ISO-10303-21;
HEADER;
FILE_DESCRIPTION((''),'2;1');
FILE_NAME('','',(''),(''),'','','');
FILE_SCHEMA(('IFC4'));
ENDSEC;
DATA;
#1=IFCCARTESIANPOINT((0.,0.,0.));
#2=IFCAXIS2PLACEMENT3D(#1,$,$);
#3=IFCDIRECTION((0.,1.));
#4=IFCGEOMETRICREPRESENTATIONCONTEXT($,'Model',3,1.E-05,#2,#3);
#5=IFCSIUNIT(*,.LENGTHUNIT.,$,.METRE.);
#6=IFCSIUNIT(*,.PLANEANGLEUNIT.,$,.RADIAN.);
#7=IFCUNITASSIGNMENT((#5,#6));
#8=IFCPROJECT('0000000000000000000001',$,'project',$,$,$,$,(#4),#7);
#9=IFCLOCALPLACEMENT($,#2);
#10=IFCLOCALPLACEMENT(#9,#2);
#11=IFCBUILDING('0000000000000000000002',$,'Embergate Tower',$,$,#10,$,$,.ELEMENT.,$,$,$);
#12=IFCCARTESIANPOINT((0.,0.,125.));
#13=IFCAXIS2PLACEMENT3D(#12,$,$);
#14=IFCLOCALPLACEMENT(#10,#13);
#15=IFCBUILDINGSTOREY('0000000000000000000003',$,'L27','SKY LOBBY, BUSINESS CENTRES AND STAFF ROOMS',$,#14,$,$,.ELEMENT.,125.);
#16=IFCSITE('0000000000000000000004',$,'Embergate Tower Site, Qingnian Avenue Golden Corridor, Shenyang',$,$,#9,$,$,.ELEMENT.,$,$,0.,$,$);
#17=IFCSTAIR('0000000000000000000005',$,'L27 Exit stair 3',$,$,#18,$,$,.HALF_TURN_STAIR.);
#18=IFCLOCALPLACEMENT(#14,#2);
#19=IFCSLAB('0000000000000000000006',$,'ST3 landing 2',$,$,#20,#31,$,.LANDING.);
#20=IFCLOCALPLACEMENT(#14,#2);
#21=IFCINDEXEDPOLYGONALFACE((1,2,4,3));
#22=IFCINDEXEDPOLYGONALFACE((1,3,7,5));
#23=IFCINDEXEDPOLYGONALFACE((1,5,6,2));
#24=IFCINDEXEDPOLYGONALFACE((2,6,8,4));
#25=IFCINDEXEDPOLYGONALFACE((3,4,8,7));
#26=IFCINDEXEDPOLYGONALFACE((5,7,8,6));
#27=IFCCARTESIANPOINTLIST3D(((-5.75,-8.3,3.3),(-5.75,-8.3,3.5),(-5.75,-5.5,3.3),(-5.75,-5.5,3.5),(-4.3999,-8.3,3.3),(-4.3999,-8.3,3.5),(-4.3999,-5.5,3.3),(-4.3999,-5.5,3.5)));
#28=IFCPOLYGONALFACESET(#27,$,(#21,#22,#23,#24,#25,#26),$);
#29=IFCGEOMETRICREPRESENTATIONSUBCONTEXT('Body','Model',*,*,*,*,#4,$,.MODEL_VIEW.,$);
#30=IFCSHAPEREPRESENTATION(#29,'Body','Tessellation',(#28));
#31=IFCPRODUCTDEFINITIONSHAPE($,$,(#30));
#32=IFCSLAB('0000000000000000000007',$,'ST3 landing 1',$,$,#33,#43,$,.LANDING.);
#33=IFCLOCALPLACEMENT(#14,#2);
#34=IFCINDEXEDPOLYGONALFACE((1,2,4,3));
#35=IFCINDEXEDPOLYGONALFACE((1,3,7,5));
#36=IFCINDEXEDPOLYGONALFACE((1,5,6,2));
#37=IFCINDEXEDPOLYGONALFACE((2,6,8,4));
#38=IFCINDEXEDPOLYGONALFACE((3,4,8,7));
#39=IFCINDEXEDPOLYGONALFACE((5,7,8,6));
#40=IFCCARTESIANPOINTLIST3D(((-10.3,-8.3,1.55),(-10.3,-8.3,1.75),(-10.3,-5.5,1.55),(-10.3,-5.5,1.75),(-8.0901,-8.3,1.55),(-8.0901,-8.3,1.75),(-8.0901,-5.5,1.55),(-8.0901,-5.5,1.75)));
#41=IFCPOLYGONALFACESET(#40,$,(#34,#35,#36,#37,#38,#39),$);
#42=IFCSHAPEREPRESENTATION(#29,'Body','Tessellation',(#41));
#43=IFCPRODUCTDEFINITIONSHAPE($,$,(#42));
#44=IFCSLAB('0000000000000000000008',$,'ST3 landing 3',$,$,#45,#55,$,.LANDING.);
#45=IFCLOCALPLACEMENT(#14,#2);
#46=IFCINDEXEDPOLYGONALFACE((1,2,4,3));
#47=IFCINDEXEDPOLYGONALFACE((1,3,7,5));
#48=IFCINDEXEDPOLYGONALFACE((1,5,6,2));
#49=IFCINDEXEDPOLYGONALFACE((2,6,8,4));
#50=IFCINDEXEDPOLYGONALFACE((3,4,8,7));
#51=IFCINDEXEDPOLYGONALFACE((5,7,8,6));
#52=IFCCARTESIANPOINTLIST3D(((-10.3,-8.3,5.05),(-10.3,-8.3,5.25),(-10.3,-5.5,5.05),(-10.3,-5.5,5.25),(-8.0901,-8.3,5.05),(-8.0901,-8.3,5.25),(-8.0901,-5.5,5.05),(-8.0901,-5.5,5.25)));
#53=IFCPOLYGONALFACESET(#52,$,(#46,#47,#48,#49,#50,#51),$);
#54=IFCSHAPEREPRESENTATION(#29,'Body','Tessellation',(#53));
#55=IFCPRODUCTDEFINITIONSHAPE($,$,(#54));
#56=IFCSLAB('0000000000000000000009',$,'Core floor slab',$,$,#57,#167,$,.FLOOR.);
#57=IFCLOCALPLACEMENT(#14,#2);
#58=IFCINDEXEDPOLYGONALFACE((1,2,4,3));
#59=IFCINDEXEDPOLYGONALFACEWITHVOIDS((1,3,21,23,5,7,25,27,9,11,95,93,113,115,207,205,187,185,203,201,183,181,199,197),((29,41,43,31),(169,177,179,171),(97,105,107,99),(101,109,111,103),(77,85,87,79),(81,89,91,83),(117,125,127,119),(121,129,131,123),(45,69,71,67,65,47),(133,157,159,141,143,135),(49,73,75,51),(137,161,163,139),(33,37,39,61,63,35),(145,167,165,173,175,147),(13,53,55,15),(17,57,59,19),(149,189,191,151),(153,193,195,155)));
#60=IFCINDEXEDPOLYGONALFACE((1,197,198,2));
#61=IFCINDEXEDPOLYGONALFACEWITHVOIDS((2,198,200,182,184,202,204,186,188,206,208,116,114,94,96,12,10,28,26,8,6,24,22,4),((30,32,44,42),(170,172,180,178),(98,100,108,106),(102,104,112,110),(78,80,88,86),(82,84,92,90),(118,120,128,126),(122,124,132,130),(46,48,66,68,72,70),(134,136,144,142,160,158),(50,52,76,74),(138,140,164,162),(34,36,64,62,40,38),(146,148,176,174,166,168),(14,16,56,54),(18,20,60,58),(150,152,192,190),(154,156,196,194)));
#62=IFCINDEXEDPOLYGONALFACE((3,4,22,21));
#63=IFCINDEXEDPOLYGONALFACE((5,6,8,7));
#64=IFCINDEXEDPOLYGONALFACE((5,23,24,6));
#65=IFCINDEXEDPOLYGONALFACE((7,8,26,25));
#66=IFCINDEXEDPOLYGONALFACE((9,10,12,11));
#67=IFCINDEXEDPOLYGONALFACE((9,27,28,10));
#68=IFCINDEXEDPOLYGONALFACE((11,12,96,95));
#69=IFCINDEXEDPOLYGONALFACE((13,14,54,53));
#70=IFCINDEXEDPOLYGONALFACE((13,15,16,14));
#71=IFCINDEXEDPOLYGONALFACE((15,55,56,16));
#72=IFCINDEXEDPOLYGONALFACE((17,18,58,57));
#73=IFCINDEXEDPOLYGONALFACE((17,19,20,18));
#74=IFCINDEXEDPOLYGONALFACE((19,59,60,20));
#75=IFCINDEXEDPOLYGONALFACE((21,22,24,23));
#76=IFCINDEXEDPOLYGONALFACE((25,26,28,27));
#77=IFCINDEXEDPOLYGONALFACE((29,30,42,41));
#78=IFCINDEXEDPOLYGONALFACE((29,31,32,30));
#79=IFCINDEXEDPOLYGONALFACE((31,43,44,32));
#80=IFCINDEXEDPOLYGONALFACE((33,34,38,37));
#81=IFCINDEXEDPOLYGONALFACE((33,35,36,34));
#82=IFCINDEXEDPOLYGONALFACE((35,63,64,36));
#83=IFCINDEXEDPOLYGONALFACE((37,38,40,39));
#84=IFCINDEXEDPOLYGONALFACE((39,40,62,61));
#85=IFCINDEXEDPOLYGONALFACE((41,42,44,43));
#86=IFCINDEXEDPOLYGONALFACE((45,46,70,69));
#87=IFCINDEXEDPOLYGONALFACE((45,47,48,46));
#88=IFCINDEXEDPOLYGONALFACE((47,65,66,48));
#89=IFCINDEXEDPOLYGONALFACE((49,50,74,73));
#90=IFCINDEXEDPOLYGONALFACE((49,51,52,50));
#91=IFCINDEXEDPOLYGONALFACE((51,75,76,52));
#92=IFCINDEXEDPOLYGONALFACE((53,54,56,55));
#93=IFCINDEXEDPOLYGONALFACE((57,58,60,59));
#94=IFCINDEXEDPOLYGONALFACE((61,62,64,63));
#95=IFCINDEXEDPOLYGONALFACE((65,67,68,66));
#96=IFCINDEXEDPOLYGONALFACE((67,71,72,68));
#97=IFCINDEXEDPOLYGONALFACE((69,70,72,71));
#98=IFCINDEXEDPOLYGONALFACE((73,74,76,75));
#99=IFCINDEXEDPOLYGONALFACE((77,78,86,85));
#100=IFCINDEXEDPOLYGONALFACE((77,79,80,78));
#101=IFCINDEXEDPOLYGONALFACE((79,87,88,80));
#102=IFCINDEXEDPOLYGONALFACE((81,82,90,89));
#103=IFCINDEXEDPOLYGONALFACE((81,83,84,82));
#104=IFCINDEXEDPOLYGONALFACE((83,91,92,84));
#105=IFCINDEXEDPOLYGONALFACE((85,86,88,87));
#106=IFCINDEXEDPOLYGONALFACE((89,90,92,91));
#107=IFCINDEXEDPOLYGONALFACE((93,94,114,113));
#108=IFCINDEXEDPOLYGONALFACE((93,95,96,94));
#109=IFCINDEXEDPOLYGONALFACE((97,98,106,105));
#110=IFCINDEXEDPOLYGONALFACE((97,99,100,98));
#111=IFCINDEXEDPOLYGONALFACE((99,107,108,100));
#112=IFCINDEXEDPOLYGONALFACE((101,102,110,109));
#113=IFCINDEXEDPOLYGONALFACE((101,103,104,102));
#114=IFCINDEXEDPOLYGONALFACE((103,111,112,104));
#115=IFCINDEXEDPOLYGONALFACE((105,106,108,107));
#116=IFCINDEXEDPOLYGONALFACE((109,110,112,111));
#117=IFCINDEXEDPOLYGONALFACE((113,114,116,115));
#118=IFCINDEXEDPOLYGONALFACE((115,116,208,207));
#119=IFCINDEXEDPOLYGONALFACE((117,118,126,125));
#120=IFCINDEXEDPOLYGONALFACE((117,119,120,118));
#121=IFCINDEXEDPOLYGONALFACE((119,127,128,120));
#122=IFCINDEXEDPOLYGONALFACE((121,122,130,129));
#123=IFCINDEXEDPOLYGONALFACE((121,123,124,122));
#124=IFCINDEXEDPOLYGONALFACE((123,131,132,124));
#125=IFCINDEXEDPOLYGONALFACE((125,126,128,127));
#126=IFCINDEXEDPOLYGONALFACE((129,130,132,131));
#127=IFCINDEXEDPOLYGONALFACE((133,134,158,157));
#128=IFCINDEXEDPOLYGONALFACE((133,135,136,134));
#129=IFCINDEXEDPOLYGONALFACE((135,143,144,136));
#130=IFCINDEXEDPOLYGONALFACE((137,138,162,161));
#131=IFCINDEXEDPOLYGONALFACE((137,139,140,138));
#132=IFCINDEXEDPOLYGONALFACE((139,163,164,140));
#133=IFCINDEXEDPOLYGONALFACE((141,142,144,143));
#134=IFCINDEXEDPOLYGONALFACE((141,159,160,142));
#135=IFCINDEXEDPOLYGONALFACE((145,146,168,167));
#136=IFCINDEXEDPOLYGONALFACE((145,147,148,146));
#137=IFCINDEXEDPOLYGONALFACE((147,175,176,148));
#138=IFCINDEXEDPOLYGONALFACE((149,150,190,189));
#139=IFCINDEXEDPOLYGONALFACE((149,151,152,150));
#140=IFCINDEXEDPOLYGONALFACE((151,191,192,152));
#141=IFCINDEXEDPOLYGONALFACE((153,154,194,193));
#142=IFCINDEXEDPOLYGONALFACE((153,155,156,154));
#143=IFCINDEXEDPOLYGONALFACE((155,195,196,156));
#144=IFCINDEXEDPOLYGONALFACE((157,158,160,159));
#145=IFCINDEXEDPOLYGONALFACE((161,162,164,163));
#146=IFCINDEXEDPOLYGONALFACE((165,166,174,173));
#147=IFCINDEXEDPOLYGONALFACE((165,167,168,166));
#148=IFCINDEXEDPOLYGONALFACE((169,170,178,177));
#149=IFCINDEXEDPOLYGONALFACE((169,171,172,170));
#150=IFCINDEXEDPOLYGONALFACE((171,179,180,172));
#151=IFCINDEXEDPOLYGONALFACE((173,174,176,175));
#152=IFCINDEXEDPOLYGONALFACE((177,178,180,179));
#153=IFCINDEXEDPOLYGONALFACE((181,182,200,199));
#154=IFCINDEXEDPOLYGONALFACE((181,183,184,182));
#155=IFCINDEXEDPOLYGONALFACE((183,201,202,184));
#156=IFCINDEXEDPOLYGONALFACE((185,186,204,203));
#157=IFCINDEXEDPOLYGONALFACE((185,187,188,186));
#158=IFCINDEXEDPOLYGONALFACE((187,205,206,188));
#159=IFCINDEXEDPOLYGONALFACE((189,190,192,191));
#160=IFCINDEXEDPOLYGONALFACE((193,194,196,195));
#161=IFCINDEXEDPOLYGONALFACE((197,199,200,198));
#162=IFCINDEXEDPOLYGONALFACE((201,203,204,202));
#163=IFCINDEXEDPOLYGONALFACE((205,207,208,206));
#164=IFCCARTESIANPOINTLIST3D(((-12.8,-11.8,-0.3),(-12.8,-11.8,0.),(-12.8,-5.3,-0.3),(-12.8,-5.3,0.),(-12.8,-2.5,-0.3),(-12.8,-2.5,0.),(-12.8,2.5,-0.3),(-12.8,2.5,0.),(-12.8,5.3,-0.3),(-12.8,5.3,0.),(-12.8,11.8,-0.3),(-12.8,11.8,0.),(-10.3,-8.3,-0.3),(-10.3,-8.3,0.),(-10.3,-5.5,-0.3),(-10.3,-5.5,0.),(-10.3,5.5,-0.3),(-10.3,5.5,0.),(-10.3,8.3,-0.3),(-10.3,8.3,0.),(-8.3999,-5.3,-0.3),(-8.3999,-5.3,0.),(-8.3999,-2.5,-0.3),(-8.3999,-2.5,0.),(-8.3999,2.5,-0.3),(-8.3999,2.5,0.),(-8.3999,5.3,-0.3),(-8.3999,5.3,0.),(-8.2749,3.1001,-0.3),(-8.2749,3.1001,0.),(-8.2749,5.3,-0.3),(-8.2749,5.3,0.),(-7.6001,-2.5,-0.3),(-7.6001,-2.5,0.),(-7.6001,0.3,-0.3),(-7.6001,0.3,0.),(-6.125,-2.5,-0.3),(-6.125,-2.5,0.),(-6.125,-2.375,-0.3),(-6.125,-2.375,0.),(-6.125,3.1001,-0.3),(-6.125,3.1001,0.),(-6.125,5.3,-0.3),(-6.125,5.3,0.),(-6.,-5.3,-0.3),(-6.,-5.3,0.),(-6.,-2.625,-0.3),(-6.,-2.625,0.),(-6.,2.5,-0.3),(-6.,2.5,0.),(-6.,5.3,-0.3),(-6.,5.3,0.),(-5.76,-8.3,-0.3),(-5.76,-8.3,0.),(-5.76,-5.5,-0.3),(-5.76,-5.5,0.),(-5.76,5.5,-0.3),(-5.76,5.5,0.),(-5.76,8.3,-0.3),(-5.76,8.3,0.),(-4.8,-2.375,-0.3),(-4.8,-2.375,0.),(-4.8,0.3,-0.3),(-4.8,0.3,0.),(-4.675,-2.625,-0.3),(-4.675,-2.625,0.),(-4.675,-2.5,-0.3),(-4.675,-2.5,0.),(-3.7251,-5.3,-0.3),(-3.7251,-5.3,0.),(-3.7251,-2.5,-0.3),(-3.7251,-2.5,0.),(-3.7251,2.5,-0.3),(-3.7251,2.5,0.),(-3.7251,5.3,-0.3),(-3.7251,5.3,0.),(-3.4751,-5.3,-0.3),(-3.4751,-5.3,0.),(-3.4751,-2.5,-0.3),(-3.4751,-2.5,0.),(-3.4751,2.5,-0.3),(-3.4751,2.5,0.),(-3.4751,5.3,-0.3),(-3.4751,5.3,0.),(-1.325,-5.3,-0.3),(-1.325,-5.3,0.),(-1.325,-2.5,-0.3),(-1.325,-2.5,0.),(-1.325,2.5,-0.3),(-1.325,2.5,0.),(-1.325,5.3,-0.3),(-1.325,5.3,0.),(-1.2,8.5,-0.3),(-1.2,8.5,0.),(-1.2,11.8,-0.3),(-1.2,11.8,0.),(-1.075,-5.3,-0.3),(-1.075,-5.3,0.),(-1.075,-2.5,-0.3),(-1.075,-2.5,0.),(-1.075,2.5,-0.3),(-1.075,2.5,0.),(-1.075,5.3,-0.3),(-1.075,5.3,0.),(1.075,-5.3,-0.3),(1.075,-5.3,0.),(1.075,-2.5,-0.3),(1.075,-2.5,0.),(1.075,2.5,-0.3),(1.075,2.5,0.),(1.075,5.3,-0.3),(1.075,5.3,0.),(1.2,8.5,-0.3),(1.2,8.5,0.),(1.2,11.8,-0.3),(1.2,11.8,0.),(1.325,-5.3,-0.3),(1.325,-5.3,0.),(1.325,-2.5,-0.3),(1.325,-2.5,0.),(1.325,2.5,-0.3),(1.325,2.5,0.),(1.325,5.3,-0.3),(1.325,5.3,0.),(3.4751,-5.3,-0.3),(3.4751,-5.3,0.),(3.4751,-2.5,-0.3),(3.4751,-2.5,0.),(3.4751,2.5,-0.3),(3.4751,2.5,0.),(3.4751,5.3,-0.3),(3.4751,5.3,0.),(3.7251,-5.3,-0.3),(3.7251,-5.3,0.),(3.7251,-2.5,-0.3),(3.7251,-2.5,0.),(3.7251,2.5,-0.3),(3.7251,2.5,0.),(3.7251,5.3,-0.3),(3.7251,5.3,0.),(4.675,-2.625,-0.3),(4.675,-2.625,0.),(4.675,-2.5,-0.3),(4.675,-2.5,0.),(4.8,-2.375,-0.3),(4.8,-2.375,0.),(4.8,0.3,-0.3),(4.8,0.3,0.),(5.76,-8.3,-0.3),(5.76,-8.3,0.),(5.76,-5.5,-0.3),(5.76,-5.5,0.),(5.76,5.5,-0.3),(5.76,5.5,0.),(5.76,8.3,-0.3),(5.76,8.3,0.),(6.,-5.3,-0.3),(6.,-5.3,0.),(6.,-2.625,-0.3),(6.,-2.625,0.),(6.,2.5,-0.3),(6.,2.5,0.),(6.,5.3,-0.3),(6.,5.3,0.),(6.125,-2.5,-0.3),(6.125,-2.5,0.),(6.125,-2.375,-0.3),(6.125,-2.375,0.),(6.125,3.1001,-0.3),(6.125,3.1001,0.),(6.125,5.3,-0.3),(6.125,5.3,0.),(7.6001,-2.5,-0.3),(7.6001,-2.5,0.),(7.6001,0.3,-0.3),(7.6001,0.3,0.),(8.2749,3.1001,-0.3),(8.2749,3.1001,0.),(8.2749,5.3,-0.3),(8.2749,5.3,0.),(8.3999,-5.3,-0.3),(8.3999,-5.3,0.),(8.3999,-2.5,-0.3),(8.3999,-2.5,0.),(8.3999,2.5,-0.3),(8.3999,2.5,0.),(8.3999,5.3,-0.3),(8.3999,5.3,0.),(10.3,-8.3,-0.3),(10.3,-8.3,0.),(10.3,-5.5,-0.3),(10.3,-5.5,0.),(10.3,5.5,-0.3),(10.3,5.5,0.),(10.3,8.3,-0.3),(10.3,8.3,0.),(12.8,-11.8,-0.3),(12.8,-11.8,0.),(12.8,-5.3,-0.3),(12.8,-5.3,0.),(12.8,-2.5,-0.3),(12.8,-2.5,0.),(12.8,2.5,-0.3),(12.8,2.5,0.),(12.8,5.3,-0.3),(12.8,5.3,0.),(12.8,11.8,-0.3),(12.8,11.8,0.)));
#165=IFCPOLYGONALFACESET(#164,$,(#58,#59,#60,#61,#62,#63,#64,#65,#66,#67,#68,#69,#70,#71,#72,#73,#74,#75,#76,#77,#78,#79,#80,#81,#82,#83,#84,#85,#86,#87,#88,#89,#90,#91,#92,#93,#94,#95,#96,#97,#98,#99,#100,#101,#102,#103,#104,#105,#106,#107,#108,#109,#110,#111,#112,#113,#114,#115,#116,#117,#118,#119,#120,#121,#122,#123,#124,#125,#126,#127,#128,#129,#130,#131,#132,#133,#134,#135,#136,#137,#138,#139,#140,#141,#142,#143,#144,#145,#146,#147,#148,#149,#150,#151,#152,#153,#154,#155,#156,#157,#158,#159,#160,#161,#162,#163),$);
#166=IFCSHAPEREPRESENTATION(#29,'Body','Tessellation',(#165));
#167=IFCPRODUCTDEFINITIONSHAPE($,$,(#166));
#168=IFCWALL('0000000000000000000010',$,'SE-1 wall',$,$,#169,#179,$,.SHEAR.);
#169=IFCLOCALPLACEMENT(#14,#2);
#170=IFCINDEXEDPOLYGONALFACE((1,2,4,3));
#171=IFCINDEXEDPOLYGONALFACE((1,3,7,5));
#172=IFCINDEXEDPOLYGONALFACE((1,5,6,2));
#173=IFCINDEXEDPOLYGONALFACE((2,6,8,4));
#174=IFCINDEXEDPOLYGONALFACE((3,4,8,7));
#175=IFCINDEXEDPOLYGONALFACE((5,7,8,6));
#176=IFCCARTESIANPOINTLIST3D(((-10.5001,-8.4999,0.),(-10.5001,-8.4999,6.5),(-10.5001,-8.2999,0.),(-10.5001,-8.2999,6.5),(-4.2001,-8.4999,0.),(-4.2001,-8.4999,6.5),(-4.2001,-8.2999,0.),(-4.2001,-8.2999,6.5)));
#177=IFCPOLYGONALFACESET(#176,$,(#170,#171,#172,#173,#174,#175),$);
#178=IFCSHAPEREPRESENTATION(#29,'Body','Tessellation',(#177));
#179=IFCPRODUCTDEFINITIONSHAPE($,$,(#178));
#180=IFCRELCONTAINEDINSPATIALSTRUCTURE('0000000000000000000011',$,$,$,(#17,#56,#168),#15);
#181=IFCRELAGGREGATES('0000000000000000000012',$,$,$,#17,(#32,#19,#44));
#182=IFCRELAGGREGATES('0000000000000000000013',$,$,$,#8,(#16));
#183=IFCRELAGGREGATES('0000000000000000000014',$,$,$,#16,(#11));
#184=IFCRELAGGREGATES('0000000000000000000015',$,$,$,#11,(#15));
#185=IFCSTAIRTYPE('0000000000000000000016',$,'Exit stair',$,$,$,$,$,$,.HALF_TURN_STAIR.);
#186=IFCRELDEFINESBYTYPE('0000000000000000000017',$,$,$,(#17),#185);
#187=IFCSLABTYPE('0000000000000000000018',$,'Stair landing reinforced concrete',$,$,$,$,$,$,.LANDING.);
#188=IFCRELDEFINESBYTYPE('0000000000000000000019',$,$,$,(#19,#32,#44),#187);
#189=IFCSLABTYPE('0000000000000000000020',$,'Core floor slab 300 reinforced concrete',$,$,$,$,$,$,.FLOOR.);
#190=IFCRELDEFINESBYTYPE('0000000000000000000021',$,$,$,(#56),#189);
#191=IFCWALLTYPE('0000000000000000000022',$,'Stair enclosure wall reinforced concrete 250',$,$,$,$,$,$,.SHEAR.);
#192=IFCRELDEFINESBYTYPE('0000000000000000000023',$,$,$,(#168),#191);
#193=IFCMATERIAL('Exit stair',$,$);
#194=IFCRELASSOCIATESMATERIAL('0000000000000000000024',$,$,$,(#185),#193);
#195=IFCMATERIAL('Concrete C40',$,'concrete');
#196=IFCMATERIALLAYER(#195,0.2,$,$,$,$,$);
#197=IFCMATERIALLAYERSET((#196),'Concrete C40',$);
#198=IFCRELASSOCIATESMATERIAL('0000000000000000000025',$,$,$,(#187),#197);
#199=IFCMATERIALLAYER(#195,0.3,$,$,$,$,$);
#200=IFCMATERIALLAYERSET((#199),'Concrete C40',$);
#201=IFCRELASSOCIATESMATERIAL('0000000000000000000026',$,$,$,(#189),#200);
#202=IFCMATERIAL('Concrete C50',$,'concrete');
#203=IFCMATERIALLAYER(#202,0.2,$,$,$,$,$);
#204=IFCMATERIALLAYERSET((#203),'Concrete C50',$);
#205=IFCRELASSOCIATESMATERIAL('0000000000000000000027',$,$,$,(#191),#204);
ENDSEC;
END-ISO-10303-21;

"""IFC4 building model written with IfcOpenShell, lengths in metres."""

from ifc_helpers import new_model, si_unit, direction, frame, frame_2d, origin, place, context, subcontext, project, spatial, polyline, rectangle, outline, extrude, source, transform, mapped, material, layer, layer_set, type_object, element, aggregate, save


model = new_model("IFC4")

# Units and contexts
model_context = context("Model", 3, precision=1e-05, world=origin(), true_north=direction((0.0, 1.0)))
body_context = subcontext(model_context, "Body", "Model", "MODEL_VIEW")
ifc_project = project(units=[si_unit("LENGTHUNIT", "METRE"), si_unit("PLANEANGLEUNIT", "RADIAN")], contexts=[model_context])

# Site, building, storey
site_placement = place(None, origin())
site = spatial("IfcSite", under=ifc_project, at=site_placement, Name="Embergate Tower Site, Qingnian Avenue Golden Corridor, Shenyang", CompositionType="ELEMENT", RefElevation=0.0)
building_placement = place(site_placement, origin())
building = spatial("IfcBuilding", under=site, at=building_placement, Name="Embergate Tower", CompositionType="ELEMENT")
storey_placement = place(building_placement, frame((0.0, 0.0, 125.0)))
storey = spatial("IfcBuildingStorey", under=building, at=storey_placement, Name="L27", Description="SKY LOBBY, BUSINESS CENTRES AND STAFF ROOMS", CompositionType="ELEMENT", Elevation=125.0)

# Stair, slabs
ifc_material_1 = material(Name="Exit stair")
stair_type = type_object("IfcStairType", Name="Exit stair", PredefinedType="HALF_TURN_STAIR", material=ifc_material_1)
stair_placement = place(storey_placement, origin())
stair = element("IfcStair", 1, at=stair_placement, inside=storey, type_object=stair_type, Name="L27 Exit stair 3", PredefinedType="HALF_TURN_STAIR")
ifc_material_2 = material(Name="Concrete C40", Category="concrete")
ifc_layer_1 = layer(ifc_material_2, 0.2)
ifc_layer_set_1 = layer_set([ifc_layer_1], Name="Concrete C40")
slab_type_1 = type_object("IfcSlabType", Name="Stair landing reinforced concrete", PredefinedType="LANDING", material=ifc_layer_set_1)
shared_shape_1 = source(origin(), body_context, "Body", "SweptSolid", [
    extrude(outline(polyline([(0.0, 0.0), (1.3501, 0.0), (1.3501, 2.8), (0.0, 2.8), (0.0, 0.0)])), origin(), (0.0, 0.0, 1.0), 0.2),
])
slab_1_placement = place(storey_placement, frame((-5.75, -8.3, 3.3)))
slab_1 = element("IfcSlab", 2, at=slab_1_placement, type_object=slab_type_1, Name="ST3 landing 2", PredefinedType="LANDING", context=body_context, shape_type="MappedRepresentation", body=[
    mapped(shared_shape_1, transform((0.0, 0.0, 0.0))),
])
shared_shape_2 = source(origin(), body_context, "Body", "SweptSolid", [
    extrude(outline(polyline([(0.0, 0.0), (2.21, 0.0), (2.21, 2.8), (0.0, 2.8), (0.0, 0.0)])), origin(), (0.0, 0.0, 1.0), 0.2),
])
slab_2_placement = place(storey_placement, frame((-10.3, -8.3, 1.55)))
slab_2 = element("IfcSlab", 3, at=slab_2_placement, type_object=slab_type_1, Name="ST3 landing 1", PredefinedType="LANDING", context=body_context, shape_type="MappedRepresentation", body=[
    mapped(shared_shape_2, transform((0.0, 0.0, 0.0))),
])
slab_3_placement = place(storey_placement, frame((-10.3, -8.3, 5.05)))
slab_3 = element("IfcSlab", 4, at=slab_3_placement, type_object=slab_type_1, Name="ST3 landing 3", PredefinedType="LANDING", context=body_context, shape_type="MappedRepresentation", body=[
    mapped(shared_shape_2, transform((0.0, 0.0, 0.0))),
])

# Slab
ifc_layer_2 = layer(ifc_material_2, 0.3)
ifc_layer_set_2 = layer_set([ifc_layer_2], Name="Concrete C40")
slab_type_2 = type_object("IfcSlabType", Name="Core floor slab 300 reinforced concrete", PredefinedType="FLOOR", material=ifc_layer_set_2)
shared_shape_3 = source(origin(), body_context, "Body", "SweptSolid", [
    extrude(outline(polyline([(0.0, 0.0), (25.6001, 0.0), (25.6001, 6.5), (21.2, 6.5), (21.2, 9.3), (25.6001, 9.3), (25.6001, 14.3), (21.2, 14.3), (21.2, 17.1001), (25.6001, 17.1001), (25.6001, 23.6001), (14.0, 23.6001), (14.0, 20.3), (11.6001, 20.3), (11.6001, 23.6001), (0.0, 23.6001), (0.0, 17.1001), (4.4001, 17.1001), (4.4001, 14.3), (0.0, 14.3), (0.0, 9.3), (4.4001, 9.3), (4.4001, 6.5), (0.0, 6.5), (0.0, 0.0)]), holes=[polyline([(2.5, 3.5), (2.5, 6.3), (7.04, 6.3), (7.04, 3.5), (2.5, 3.5)]), polyline([(18.5601, 3.5), (18.5601, 6.3), (23.1001, 6.3), (23.1001, 3.5), (18.5601, 3.5)]), polyline([(6.8, 6.5), (6.8, 9.175), (8.125, 9.175), (8.125, 9.3), (9.075, 9.3), (9.075, 6.5), (6.8, 6.5)]), polyline([(9.325, 6.5), (9.325, 9.3), (11.4751, 9.3), (11.4751, 6.5), (9.325, 6.5)]), polyline([(11.7251, 6.5), (11.7251, 9.3), (13.875, 9.3), (13.875, 6.5), (11.7251, 6.5)]), polyline([(14.125, 6.5), (14.125, 9.3), (16.2751, 9.3), (16.2751, 6.5), (14.125, 6.5)]), polyline([(16.5251, 6.5), (16.5251, 9.3), (17.4751, 9.3), (17.4751, 9.175), (18.8, 9.175), (18.8, 6.5), (16.5251, 6.5)]), polyline([(5.2, 9.3), (5.2, 12.1001), (8.0, 12.1001), (8.0, 9.425), (6.675, 9.425), (6.675, 9.3), (5.2, 9.3)]), polyline([(18.925, 9.3), (18.925, 9.425), (17.6001, 9.425), (17.6001, 12.1001), (20.4001, 12.1001), (20.4001, 9.3), (18.925, 9.3)]), polyline([(6.8, 14.3), (6.8, 17.1001), (9.075, 17.1001), (9.075, 14.3), (6.8, 14.3)]), polyline([(9.325, 14.3), (9.325, 17.1001), (11.4751, 17.1001), (11.4751, 14.3), (9.325, 14.3)]), polyline([(11.7251, 14.3), (11.7251, 17.1001), (13.875, 17.1001), (13.875, 14.3), (11.7251, 14.3)]), polyline([(14.125, 14.3), (14.125, 17.1001), (16.2751, 17.1001), (16.2751, 14.3), (14.125, 14.3)]), polyline([(16.5251, 14.3), (16.5251, 17.1001), (18.8, 17.1001), (18.8, 14.3), (16.5251, 14.3)]), polyline([(4.5251, 14.9001), (4.5251, 17.1001), (6.675, 17.1001), (6.675, 14.9001), (4.5251, 14.9001)]), polyline([(18.925, 14.9001), (18.925, 17.1001), (21.075, 17.1001), (21.075, 14.9001), (18.925, 14.9001)]), polyline([(2.5, 17.3), (2.5, 20.1001), (7.04, 20.1001), (7.04, 17.3), (2.5, 17.3)]), polyline([(18.5601, 17.3), (18.5601, 20.1001), (23.1001, 20.1001), (23.1001, 17.3), (18.5601, 17.3)])]), origin(), (0.0, 0.0, 1.0), 0.3),
])
slab_4_placement = place(storey_placement, frame((-12.8, -11.8, -0.3)))
element("IfcSlab", 5, at=slab_4_placement, inside=storey, type_object=slab_type_2, Name="Core floor slab", PredefinedType="FLOOR", context=body_context, shape_type="MappedRepresentation", body=[
    mapped(shared_shape_3, transform((0.0, 0.0, 0.0))),
])

# Wall
ifc_material_3 = material(Name="Concrete C50", Category="concrete")
ifc_layer_3 = layer(ifc_material_3, 0.2)
ifc_layer_set_3 = layer_set([ifc_layer_3], Name="Concrete C50")
wall_type_1 = type_object("IfcWallType", Name="Stair enclosure wall reinforced concrete 250", PredefinedType="SHEAR", material=ifc_layer_set_3)
shared_shape_4 = source(origin(), body_context, "Body", "SweptSolid", [
    extrude(rectangle(XDim=6.3, YDim=0.2, at=frame_2d((3.1499, 0.0))), origin(), (0.0, 0.0, 1.0), 6.5),
])
wall_1_placement = place(storey_placement, frame((-10.5, -8.3999, 0.0), z_axis=(0.0, 0.0, 1.0), x_axis=(1.0, 0.0, 0.0)))
element("IfcWall", 6, at=wall_1_placement, inside=storey, type_object=wall_type_1, Name="SE-1 wall", PredefinedType="SHEAR", context=body_context, shape_type="MappedRepresentation", body=[
    mapped(shared_shape_4, transform((0.0, 0.0, 0.0))),
])

aggregate(stair, [slab_2, slab_1, slab_3])

save(model, "model.ifc")
